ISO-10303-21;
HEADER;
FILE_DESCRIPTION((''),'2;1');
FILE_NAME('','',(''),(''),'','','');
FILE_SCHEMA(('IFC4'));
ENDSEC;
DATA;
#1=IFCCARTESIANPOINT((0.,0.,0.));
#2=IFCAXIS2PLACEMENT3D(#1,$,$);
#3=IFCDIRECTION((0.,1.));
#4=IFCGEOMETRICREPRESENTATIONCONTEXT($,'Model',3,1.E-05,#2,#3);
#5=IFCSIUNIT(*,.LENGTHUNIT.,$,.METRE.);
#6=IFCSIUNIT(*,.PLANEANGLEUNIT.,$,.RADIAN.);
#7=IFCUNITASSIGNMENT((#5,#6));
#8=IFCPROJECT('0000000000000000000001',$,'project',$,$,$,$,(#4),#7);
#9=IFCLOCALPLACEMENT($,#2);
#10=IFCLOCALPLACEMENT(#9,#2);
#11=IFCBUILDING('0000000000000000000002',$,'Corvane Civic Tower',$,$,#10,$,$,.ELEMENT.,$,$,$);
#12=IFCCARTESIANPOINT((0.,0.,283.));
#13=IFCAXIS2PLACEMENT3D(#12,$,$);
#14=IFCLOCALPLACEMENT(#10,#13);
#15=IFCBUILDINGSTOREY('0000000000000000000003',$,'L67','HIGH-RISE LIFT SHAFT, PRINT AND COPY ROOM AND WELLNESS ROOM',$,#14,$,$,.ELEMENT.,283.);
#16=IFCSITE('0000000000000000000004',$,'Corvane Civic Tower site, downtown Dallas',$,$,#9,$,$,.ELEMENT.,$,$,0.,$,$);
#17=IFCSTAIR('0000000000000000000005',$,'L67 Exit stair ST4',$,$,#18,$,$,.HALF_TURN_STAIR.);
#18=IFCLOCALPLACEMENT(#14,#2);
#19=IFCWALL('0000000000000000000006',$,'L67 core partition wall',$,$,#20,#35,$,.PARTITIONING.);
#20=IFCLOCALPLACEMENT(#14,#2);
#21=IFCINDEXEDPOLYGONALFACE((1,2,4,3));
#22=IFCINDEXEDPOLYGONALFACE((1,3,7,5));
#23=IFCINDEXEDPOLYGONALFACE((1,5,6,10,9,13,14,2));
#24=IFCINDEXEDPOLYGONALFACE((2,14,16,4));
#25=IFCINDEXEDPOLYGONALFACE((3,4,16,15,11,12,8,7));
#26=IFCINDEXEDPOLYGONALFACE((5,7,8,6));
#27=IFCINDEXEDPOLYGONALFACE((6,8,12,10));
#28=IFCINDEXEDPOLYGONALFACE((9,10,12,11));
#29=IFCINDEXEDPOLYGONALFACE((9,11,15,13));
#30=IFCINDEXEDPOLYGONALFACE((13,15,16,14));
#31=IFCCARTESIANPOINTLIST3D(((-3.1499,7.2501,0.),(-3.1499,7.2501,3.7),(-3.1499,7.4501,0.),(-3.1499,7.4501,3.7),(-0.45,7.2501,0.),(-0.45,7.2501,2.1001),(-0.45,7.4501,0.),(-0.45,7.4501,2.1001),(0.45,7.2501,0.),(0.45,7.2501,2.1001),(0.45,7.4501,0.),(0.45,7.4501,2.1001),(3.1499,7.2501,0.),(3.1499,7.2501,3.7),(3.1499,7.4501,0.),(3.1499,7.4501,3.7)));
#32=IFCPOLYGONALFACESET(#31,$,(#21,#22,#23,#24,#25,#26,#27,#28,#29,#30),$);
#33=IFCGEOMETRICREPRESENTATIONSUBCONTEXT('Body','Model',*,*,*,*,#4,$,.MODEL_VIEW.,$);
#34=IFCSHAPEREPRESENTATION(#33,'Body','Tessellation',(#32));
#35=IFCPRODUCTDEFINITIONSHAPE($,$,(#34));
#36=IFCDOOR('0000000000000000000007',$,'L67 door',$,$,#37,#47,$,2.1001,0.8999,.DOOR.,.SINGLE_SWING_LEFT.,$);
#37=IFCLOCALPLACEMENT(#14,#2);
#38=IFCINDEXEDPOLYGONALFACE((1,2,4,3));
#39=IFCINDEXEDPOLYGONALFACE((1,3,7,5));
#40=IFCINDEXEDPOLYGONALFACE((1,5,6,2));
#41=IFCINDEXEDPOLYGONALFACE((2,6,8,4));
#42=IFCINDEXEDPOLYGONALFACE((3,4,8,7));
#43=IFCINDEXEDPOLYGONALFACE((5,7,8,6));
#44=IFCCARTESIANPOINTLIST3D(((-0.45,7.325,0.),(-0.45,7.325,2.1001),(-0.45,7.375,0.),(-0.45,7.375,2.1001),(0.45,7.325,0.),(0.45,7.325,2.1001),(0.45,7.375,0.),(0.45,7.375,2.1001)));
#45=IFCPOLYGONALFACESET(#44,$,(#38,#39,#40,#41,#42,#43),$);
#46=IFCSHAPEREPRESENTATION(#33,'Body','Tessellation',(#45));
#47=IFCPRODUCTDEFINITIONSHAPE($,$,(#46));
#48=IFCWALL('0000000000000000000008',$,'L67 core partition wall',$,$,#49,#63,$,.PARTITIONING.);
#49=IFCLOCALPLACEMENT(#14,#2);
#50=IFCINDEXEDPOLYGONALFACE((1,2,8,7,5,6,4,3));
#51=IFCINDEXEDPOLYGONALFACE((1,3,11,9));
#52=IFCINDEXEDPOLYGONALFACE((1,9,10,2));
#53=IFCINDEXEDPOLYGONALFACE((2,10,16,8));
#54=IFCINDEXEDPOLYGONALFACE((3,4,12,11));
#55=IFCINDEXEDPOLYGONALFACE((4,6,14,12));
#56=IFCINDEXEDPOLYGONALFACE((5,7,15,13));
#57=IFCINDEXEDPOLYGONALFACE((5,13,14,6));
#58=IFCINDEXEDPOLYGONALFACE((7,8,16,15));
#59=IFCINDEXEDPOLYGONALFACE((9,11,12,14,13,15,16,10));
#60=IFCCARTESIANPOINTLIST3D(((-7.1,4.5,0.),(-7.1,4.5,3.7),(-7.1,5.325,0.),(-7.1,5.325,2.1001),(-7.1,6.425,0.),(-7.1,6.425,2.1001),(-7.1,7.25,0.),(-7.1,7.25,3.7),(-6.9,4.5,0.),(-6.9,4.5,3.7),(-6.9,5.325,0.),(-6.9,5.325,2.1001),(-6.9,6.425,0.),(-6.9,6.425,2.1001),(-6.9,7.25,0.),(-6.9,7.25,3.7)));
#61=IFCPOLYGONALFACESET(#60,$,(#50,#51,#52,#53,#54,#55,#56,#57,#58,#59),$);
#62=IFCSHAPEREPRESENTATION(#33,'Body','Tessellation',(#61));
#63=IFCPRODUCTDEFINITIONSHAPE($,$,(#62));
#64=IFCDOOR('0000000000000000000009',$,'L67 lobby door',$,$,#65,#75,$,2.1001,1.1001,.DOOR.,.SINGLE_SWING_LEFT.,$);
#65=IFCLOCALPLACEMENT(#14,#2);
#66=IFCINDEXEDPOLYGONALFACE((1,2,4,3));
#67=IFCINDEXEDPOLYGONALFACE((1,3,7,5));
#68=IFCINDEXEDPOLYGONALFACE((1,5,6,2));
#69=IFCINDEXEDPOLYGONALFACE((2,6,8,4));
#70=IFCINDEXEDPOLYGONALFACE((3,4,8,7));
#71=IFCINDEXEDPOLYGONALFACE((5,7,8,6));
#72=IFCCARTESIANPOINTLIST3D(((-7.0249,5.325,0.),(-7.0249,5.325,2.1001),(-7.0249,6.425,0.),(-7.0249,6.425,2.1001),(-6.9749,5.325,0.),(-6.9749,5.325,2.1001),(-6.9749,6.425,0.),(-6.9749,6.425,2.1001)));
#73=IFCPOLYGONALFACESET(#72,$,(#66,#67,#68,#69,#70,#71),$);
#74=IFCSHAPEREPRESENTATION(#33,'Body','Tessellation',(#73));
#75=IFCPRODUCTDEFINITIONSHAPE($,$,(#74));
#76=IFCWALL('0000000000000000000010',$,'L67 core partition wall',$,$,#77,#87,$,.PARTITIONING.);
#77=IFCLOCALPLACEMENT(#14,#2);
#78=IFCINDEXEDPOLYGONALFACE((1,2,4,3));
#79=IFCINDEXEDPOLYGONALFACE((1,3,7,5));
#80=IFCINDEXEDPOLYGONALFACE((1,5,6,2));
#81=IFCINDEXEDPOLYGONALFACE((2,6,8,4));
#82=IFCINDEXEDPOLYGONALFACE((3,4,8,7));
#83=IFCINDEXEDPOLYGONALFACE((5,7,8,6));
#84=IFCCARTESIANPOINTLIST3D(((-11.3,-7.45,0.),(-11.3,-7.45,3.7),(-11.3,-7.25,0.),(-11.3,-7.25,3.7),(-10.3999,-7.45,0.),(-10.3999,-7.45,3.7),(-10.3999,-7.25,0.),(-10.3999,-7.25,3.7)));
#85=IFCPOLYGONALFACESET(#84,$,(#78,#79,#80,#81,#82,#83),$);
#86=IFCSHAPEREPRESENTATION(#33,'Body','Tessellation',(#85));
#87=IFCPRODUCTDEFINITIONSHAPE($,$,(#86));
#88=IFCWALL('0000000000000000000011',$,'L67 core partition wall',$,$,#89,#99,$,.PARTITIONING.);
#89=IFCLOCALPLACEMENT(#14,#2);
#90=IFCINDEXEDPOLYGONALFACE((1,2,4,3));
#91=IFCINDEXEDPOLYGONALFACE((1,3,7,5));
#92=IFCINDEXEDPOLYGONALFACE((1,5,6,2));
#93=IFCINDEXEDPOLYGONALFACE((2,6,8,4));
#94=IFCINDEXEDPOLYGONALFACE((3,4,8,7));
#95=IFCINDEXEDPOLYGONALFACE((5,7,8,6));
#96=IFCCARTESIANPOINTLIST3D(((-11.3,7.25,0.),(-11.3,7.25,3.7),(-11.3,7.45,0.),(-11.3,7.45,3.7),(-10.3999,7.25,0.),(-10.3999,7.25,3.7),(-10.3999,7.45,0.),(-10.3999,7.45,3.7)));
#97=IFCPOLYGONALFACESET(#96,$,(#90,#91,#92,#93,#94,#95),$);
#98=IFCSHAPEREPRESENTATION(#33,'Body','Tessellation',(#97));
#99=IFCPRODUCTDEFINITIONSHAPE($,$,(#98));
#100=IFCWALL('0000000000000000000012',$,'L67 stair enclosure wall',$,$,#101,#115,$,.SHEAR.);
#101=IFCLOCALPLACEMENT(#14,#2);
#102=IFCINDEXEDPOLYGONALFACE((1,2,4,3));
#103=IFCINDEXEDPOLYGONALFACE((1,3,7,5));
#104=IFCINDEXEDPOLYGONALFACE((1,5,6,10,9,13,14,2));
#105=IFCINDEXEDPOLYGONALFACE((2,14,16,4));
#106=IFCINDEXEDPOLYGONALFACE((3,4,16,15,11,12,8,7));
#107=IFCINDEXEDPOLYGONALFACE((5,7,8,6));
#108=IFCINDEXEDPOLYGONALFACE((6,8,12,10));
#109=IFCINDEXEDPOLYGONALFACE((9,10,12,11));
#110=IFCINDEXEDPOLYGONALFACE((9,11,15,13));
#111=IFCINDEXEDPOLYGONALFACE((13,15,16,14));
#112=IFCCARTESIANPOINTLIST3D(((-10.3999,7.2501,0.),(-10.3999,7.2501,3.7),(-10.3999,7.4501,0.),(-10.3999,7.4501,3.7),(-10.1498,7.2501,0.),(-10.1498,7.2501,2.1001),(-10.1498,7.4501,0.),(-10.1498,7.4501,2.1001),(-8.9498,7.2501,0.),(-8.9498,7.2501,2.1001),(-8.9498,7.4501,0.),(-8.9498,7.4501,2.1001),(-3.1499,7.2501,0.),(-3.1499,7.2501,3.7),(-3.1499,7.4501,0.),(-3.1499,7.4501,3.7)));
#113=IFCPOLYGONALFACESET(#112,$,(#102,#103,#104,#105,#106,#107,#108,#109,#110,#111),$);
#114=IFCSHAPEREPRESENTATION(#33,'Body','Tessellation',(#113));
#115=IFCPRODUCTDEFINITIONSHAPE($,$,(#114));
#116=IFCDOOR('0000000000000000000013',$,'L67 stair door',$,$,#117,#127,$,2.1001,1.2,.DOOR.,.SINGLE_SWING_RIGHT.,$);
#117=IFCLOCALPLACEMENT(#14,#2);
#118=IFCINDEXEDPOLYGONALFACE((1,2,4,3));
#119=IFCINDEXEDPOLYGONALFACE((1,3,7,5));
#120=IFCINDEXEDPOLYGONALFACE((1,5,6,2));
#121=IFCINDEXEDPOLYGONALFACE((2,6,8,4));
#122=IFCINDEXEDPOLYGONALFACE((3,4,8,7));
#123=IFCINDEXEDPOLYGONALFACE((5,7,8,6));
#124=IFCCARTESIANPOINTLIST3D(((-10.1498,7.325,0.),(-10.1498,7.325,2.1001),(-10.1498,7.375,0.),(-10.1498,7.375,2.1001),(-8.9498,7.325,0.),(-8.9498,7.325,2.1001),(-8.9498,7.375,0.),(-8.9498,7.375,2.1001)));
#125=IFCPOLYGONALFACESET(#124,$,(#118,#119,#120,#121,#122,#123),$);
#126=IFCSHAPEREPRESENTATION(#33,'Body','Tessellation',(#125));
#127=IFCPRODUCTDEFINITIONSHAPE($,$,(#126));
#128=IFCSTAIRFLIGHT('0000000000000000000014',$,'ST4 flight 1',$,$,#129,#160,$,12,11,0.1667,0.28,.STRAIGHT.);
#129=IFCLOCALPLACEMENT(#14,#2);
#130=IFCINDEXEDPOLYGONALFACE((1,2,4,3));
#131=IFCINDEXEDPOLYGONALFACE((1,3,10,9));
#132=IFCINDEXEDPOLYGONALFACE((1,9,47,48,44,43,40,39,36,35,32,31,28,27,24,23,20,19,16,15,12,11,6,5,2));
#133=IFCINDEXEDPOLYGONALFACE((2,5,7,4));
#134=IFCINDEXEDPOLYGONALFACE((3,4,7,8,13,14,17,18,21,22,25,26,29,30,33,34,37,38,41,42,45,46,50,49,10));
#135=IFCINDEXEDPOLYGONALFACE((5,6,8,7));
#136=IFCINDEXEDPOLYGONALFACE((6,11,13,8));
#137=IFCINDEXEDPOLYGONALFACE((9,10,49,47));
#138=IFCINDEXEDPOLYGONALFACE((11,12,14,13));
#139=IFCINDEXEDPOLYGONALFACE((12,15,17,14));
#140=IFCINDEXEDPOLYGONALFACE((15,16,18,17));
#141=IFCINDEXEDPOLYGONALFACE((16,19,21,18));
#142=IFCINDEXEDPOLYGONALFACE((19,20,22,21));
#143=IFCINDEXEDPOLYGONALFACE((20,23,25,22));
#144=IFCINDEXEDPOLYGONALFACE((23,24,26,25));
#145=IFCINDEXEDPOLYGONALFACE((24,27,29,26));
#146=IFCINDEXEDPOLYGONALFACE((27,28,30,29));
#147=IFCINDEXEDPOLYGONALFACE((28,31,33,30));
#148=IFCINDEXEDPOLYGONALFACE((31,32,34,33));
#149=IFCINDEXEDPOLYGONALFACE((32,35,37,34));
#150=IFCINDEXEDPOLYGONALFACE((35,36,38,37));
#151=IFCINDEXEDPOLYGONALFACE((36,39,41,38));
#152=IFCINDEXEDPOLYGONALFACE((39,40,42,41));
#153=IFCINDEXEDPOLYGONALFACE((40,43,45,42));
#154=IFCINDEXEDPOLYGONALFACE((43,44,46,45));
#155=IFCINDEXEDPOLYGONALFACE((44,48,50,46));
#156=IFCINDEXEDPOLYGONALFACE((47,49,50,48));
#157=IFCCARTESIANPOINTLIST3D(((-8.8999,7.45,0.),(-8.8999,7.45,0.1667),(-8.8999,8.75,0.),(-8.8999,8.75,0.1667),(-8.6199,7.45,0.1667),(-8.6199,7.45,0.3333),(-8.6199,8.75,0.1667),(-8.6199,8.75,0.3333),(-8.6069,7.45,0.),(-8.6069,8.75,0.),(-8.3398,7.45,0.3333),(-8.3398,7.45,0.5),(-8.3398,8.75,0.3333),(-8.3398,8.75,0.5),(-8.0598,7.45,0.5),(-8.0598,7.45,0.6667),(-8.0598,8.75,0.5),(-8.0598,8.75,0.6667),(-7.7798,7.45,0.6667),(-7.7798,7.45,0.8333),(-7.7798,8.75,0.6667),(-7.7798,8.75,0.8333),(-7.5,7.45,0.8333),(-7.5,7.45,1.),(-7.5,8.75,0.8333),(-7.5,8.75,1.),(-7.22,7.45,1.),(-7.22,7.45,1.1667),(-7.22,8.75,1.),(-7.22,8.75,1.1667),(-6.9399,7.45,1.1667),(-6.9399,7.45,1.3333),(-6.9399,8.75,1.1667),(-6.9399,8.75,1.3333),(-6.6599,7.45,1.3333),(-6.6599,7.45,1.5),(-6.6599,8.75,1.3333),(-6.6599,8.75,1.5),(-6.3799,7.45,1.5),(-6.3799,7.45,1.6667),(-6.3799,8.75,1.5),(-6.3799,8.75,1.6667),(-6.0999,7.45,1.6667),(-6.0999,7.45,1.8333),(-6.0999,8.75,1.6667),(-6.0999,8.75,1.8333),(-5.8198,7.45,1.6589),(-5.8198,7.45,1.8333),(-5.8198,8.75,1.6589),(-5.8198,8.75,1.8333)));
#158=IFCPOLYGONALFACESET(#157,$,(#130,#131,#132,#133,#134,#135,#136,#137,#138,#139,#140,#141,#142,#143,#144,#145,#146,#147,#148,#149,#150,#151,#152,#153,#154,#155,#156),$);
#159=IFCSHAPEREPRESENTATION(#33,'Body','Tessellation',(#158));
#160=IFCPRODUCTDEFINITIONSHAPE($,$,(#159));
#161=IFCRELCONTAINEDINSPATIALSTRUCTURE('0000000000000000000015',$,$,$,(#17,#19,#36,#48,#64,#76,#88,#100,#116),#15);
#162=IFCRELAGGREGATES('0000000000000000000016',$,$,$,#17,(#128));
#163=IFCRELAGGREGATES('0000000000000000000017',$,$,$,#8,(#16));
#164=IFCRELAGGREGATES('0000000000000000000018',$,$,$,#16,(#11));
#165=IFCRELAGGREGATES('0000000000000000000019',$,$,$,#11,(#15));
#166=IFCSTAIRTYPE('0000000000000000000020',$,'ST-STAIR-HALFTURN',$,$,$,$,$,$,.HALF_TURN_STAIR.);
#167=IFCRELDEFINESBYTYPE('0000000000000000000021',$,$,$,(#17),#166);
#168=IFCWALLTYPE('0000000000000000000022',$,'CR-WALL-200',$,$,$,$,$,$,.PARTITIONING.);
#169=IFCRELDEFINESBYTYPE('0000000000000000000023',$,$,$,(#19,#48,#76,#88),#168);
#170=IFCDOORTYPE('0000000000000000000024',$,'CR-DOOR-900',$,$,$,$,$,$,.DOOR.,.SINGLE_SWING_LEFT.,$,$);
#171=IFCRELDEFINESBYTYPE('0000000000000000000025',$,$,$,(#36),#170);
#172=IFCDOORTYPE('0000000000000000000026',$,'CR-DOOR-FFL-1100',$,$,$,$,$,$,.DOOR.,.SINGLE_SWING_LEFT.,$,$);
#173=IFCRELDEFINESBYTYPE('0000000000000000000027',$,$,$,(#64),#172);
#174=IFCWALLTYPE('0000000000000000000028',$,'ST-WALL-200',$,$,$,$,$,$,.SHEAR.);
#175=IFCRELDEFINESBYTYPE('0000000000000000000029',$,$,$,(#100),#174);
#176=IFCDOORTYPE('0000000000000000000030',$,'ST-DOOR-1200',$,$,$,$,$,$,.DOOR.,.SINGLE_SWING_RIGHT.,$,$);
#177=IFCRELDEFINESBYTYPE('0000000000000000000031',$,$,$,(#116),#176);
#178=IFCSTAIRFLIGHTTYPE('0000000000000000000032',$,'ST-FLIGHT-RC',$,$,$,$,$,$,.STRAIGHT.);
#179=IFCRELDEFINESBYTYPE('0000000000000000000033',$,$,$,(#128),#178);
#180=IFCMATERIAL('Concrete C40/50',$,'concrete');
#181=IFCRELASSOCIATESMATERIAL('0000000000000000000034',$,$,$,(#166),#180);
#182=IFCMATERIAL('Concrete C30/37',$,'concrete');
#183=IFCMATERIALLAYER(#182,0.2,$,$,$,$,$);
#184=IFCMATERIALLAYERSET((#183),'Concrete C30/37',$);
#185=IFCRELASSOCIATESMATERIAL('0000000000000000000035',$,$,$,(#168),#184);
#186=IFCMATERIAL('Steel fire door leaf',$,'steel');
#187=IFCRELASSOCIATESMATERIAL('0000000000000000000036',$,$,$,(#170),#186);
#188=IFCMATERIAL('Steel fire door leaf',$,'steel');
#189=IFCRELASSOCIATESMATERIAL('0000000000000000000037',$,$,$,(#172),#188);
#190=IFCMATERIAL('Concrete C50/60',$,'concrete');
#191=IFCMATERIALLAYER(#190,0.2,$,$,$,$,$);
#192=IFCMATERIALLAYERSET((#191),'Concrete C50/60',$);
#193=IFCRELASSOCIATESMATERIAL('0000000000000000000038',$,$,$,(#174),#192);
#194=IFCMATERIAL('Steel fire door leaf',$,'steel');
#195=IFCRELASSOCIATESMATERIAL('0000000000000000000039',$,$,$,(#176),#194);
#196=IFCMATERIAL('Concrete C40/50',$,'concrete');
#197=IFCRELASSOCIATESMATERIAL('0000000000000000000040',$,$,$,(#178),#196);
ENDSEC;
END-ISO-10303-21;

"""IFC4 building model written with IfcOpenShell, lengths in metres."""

from ifc_helpers import new_model, si_unit, direction, frame, frame_2d, origin, place, context, subcontext, project, spatial, polyline, rectangle, outline, extrude, material, layer, layer_set, type_object, element, fill, aggregate, save


model = new_model("IFC4")

# Units and contexts
model_context = context("Model", 3, precision=1e-05, world=origin(), true_north=direction((0.0, 1.0)))
body_context = subcontext(model_context, "Body", "Model", "MODEL_VIEW")
ifc_project = project(units=[si_unit("LENGTHUNIT", "METRE"), si_unit("PLANEANGLEUNIT", "RADIAN")], contexts=[model_context])

# Site, building, storey
site_placement = place(None, origin())
site = spatial("IfcSite", under=ifc_project, at=site_placement, Name="Corvane Civic Tower site, downtown Dallas", CompositionType="ELEMENT", RefElevation=0.0)
building_placement = place(site_placement, origin())
building = spatial("IfcBuilding", under=site, at=building_placement, Name="Corvane Civic Tower", CompositionType="ELEMENT")
storey_placement = place(building_placement, frame((0.0, 0.0, 283.0)))
storey = spatial("IfcBuildingStorey", under=building, at=storey_placement, Name="L67", Description="HIGH-RISE LIFT SHAFT, PRINT AND COPY ROOM AND WELLNESS ROOM", CompositionType="ELEMENT", Elevation=283.0)

# Stair
ifc_material_1 = material(Name="Concrete C40/50", Category="concrete")
stair_type = type_object("IfcStairType", Name="ST-STAIR-HALFTURN", PredefinedType="HALF_TURN_STAIR", material=ifc_material_1)
stair_1_placement = place(storey_placement, origin())
stair_1 = element("IfcStair", 1, at=stair_1_placement, inside=storey, type_object=stair_type, Name="L67 Exit stair ST4", PredefinedType="HALF_TURN_STAIR")

# Shared definitions
ifc_material_2 = material(Name="Concrete C30/37", Category="concrete")
ifc_layer_1 = layer(ifc_material_2, 0.2)
ifc_layer_set_1 = layer_set([ifc_layer_1], Name="Concrete C30/37")
wall_type_1 = type_object("IfcWallType", Name="CR-WALL-200", PredefinedType="PARTITIONING", material=ifc_layer_set_1)
ifc_material_3 = material(Name="Steel fire door leaf", Category="steel")
door_type_1 = type_object("IfcDoorType", Name="CR-DOOR-900", OperationType="SINGLE_SWING_LEFT", PredefinedType="DOOR", material=ifc_material_3)

# Walls, openings, doors
wall_1_placement = place(storey_placement, frame((-3.1499, 7.3501, 0.0), z_axis=(0.0, 0.0, 1.0), x_axis=(1.0, 0.0, 0.0)))
wall_1 = element("IfcWall", 2, at=wall_1_placement, inside=storey, type_object=wall_type_1, Name="L67 core partition wall", PredefinedType="PARTITIONING", context=body_context, shape_type="SweptSolid", body=[
    extrude(rectangle(XDim=6.2998, YDim=0.2, at=frame_2d((3.1499, 0.0))), origin(), (0.0, 0.0, 1.0), 3.7),
])
opening_1_placement = place(wall_1_placement, frame((2.7, 0.0, 0.0)))
opening_1 = element("IfcOpeningElement", 3, at=opening_1_placement, cuts=wall_1, PredefinedType="OPENING", context=body_context, shape_type="SweptSolid", body=[
    extrude(rectangle(XDim=0.8999, YDim=2.1001, at=frame_2d((0.45, 1.05))), frame((0.0, 0.1099, 0.0), z_axis=(0.0, -1.0, 0.0), x_axis=(1.0, 0.0, 0.0)), (0.0, 0.0, 1.0), 0.22),
])
door_1_placement = place(opening_1_placement, origin())
door_1 = element("IfcDoor", 4, at=door_1_placement, inside=storey, type_object=door_type_1, Name="L67 door", OperationType="SINGLE_SWING_LEFT", OverallHeight=2.1001, OverallWidth=0.8999, PredefinedType="DOOR", context=body_context, shape_type="SweptSolid", body=[
    extrude(rectangle(XDim=0.8999, YDim=2.1001, at=frame_2d((0.45, 1.05))), frame((0.0, 0.0249, 0.0), z_axis=(0.0, -1.0, 0.0), x_axis=(1.0, 0.0, 0.0)), (0.0, 0.0, 1.0), 0.05),
])
fill(opening_1, door_1)
wall_2_placement = place(storey_placement, frame((-7.0, 4.5, 0.0), z_axis=(0.0, 0.0, 1.0), x_axis=(0.0, 1.0, 0.0)))
wall_2 = element("IfcWall", 5, at=wall_2_placement, inside=storey, type_object=wall_type_1, Name="L67 core partition wall", PredefinedType="PARTITIONING", context=body_context, shape_type="SweptSolid", body=[
    extrude(rectangle(XDim=2.75, YDim=0.2, at=frame_2d((1.375, 0.0))), origin(), (0.0, 0.0, 1.0), 3.7),
])
opening_2_placement = place(wall_2_placement, frame((0.825, 0.0, 0.0)))
opening_2 = element("IfcOpeningElement", 6, at=opening_2_placement, cuts=wall_2, PredefinedType="OPENING", context=body_context, shape_type="SweptSolid", body=[
    extrude(rectangle(XDim=1.1001, YDim=2.1001, at=frame_2d((0.55, 1.05))), frame((0.0, 0.1099, 0.0), z_axis=(0.0, -1.0, 0.0), x_axis=(1.0, 0.0, 0.0)), (0.0, 0.0, 1.0), 0.22),
])
ifc_material_4 = material(Name="Steel fire door leaf", Category="steel")
door_type_2 = type_object("IfcDoorType", Name="CR-DOOR-FFL-1100", OperationType="SINGLE_SWING_LEFT", PredefinedType="DOOR", material=ifc_material_4)
door_2_placement = place(opening_2_placement, origin())
door_2 = element("IfcDoor", 7, at=door_2_placement, inside=storey, type_object=door_type_2, Name="L67 lobby door", OperationType="SINGLE_SWING_LEFT", OverallHeight=2.1001, OverallWidth=1.1001, PredefinedType="DOOR", context=body_context, shape_type="SweptSolid", body=[
    extrude(rectangle(XDim=1.1001, YDim=2.1001, at=frame_2d((0.55, 1.05))), frame((0.0, 0.0249, 0.0), z_axis=(0.0, -1.0, 0.0), x_axis=(1.0, 0.0, 0.0)), (0.0, 0.0, 1.0), 0.05),
])
fill(opening_2, door_2)

# Walls
wall_3_placement = place(storey_placement, origin())
element("IfcWall", 8, at=wall_3_placement, inside=storey, type_object=wall_type_1, Name="L67 core partition wall", PredefinedType="PARTITIONING", context=body_context, shape_type="SweptSolid", body=[
    extrude(outline(polyline([(-10.3999, -7.25), (-10.3999, -7.45), (-11.3, -7.45), (-11.3, -7.25), (-10.3999, -7.25)])), origin(), (0.0, 0.0, 1.0), 3.7),
])
wall_4_placement = place(storey_placement, origin())
element("IfcWall", 9, at=wall_4_placement, inside=storey, type_object=wall_type_1, Name="L67 core partition wall", PredefinedType="PARTITIONING", context=body_context, shape_type="SweptSolid", body=[
    extrude(outline(polyline([(-10.3999, 7.25), (-11.3, 7.25), (-11.3, 7.45), (-10.3999, 7.45), (-10.3999, 7.25)])), origin(), (0.0, 0.0, 1.0), 3.7),
])

# Wall, opening, door
ifc_material_5 = material(Name="Concrete C50/60", Category="concrete")
ifc_layer_2 = layer(ifc_material_5, 0.2)
ifc_layer_set_2 = layer_set([ifc_layer_2], Name="Concrete C50/60")
wall_type_2 = type_object("IfcWallType", Name="ST-WALL-200", PredefinedType="SHEAR", material=ifc_layer_set_2)
wall_5_placement = place(storey_placement, frame((-10.3999, 7.3501, 0.0), z_axis=(0.0, 0.0, 1.0), x_axis=(1.0, 0.0, 0.0)))
wall_5 = element("IfcWall", 10, at=wall_5_placement, inside=storey, type_object=wall_type_2, Name="L67 stair enclosure wall", PredefinedType="SHEAR", context=body_context, shape_type="SweptSolid", body=[
    extrude(rectangle(XDim=7.25, YDim=0.2, at=frame_2d((3.625, 0.0))), origin(), (0.0, 0.0, 1.0), 3.7),
])
opening_3_placement = place(wall_5_placement, frame((0.25, 0.0, 0.0)))
opening_3 = element("IfcOpeningElement", 11, at=opening_3_placement, cuts=wall_5, PredefinedType="OPENING", context=body_context, shape_type="SweptSolid", body=[
    extrude(rectangle(XDim=1.2, YDim=2.1001, at=frame_2d((0.6001, 1.05))), frame((0.0, 0.1099, 0.0), z_axis=(0.0, -1.0, 0.0), x_axis=(1.0, 0.0, 0.0)), (0.0, 0.0, 1.0), 0.22),
])
ifc_material_6 = material(Name="Steel fire door leaf", Category="steel")
door_type_3 = type_object("IfcDoorType", Name="ST-DOOR-1200", OperationType="SINGLE_SWING_RIGHT", PredefinedType="DOOR", material=ifc_material_6)
door_3_placement = place(opening_3_placement, origin())
door_3 = element("IfcDoor", 12, at=door_3_placement, inside=storey, type_object=door_type_3, Name="L67 stair door", OperationType="SINGLE_SWING_RIGHT", OverallHeight=2.1001, OverallWidth=1.2, PredefinedType="DOOR", context=body_context, shape_type="SweptSolid", body=[
    extrude(rectangle(XDim=1.2, YDim=2.1001, at=frame_2d((0.6001, 1.05))), frame((0.0, 0.0249, 0.0), z_axis=(0.0, -1.0, 0.0), x_axis=(1.0, 0.0, 0.0)), (0.0, 0.0, 1.0), 0.05),
])
fill(opening_3, door_3)

# Stair flight
ifc_material_7 = material(Name="Concrete C40/50", Category="concrete")
stair_flight_type = type_object("IfcStairFlightType", Name="ST-FLIGHT-RC", PredefinedType="STRAIGHT", material=ifc_material_7)
stair_flight_1_placement = place(storey_placement, frame((-8.8999, 8.1001, 0.0), z_axis=(0.0, 0.0, 1.0), x_axis=(1.0, 0.0, 0.0)))
stair_flight_1 = element("IfcStairFlight", 13, at=stair_flight_1_placement, type_object=stair_flight_type, Name="ST4 flight 1", NumberOfRisers=12, NumberOfTreads=11, PredefinedType="STRAIGHT", RiserHeight=0.1667, TreadLength=0.28, context=body_context, shape_type="SweptSolid", body=[
    extrude(outline(polyline([(0.0, 0.0), (0.0, 0.1667), (0.28, 0.1667), (0.28, 0.3333), (0.5601, 0.3333), (0.5601, 0.5), (0.8401, 0.5), (0.8401, 0.6667), (1.1201, 0.6667), (1.1201, 0.8333), (1.3999, 0.8333), (1.3999, 1.0), (1.6799, 1.0), (1.6799, 1.1667), (1.96, 1.1667), (1.96, 1.3333), (2.24, 1.3333), (2.24, 1.5), (2.52, 1.5), (2.52, 1.6667), (2.8, 1.6667), (2.8, 1.8333), (3.0801, 1.8333), (3.0801, 2.0), (3.0801, 1.6589), (0.293, 0.0), (0.0, 0.0)])), frame((0.0, 0.6499, 0.0), z_axis=(0.0, -1.0, 0.0), x_axis=(1.0, 0.0, 0.0)), (0.0, 0.0, 1.0), 1.3),
])
aggregate(stair_1, [stair_flight_1])

save(model, "model.ifc")
